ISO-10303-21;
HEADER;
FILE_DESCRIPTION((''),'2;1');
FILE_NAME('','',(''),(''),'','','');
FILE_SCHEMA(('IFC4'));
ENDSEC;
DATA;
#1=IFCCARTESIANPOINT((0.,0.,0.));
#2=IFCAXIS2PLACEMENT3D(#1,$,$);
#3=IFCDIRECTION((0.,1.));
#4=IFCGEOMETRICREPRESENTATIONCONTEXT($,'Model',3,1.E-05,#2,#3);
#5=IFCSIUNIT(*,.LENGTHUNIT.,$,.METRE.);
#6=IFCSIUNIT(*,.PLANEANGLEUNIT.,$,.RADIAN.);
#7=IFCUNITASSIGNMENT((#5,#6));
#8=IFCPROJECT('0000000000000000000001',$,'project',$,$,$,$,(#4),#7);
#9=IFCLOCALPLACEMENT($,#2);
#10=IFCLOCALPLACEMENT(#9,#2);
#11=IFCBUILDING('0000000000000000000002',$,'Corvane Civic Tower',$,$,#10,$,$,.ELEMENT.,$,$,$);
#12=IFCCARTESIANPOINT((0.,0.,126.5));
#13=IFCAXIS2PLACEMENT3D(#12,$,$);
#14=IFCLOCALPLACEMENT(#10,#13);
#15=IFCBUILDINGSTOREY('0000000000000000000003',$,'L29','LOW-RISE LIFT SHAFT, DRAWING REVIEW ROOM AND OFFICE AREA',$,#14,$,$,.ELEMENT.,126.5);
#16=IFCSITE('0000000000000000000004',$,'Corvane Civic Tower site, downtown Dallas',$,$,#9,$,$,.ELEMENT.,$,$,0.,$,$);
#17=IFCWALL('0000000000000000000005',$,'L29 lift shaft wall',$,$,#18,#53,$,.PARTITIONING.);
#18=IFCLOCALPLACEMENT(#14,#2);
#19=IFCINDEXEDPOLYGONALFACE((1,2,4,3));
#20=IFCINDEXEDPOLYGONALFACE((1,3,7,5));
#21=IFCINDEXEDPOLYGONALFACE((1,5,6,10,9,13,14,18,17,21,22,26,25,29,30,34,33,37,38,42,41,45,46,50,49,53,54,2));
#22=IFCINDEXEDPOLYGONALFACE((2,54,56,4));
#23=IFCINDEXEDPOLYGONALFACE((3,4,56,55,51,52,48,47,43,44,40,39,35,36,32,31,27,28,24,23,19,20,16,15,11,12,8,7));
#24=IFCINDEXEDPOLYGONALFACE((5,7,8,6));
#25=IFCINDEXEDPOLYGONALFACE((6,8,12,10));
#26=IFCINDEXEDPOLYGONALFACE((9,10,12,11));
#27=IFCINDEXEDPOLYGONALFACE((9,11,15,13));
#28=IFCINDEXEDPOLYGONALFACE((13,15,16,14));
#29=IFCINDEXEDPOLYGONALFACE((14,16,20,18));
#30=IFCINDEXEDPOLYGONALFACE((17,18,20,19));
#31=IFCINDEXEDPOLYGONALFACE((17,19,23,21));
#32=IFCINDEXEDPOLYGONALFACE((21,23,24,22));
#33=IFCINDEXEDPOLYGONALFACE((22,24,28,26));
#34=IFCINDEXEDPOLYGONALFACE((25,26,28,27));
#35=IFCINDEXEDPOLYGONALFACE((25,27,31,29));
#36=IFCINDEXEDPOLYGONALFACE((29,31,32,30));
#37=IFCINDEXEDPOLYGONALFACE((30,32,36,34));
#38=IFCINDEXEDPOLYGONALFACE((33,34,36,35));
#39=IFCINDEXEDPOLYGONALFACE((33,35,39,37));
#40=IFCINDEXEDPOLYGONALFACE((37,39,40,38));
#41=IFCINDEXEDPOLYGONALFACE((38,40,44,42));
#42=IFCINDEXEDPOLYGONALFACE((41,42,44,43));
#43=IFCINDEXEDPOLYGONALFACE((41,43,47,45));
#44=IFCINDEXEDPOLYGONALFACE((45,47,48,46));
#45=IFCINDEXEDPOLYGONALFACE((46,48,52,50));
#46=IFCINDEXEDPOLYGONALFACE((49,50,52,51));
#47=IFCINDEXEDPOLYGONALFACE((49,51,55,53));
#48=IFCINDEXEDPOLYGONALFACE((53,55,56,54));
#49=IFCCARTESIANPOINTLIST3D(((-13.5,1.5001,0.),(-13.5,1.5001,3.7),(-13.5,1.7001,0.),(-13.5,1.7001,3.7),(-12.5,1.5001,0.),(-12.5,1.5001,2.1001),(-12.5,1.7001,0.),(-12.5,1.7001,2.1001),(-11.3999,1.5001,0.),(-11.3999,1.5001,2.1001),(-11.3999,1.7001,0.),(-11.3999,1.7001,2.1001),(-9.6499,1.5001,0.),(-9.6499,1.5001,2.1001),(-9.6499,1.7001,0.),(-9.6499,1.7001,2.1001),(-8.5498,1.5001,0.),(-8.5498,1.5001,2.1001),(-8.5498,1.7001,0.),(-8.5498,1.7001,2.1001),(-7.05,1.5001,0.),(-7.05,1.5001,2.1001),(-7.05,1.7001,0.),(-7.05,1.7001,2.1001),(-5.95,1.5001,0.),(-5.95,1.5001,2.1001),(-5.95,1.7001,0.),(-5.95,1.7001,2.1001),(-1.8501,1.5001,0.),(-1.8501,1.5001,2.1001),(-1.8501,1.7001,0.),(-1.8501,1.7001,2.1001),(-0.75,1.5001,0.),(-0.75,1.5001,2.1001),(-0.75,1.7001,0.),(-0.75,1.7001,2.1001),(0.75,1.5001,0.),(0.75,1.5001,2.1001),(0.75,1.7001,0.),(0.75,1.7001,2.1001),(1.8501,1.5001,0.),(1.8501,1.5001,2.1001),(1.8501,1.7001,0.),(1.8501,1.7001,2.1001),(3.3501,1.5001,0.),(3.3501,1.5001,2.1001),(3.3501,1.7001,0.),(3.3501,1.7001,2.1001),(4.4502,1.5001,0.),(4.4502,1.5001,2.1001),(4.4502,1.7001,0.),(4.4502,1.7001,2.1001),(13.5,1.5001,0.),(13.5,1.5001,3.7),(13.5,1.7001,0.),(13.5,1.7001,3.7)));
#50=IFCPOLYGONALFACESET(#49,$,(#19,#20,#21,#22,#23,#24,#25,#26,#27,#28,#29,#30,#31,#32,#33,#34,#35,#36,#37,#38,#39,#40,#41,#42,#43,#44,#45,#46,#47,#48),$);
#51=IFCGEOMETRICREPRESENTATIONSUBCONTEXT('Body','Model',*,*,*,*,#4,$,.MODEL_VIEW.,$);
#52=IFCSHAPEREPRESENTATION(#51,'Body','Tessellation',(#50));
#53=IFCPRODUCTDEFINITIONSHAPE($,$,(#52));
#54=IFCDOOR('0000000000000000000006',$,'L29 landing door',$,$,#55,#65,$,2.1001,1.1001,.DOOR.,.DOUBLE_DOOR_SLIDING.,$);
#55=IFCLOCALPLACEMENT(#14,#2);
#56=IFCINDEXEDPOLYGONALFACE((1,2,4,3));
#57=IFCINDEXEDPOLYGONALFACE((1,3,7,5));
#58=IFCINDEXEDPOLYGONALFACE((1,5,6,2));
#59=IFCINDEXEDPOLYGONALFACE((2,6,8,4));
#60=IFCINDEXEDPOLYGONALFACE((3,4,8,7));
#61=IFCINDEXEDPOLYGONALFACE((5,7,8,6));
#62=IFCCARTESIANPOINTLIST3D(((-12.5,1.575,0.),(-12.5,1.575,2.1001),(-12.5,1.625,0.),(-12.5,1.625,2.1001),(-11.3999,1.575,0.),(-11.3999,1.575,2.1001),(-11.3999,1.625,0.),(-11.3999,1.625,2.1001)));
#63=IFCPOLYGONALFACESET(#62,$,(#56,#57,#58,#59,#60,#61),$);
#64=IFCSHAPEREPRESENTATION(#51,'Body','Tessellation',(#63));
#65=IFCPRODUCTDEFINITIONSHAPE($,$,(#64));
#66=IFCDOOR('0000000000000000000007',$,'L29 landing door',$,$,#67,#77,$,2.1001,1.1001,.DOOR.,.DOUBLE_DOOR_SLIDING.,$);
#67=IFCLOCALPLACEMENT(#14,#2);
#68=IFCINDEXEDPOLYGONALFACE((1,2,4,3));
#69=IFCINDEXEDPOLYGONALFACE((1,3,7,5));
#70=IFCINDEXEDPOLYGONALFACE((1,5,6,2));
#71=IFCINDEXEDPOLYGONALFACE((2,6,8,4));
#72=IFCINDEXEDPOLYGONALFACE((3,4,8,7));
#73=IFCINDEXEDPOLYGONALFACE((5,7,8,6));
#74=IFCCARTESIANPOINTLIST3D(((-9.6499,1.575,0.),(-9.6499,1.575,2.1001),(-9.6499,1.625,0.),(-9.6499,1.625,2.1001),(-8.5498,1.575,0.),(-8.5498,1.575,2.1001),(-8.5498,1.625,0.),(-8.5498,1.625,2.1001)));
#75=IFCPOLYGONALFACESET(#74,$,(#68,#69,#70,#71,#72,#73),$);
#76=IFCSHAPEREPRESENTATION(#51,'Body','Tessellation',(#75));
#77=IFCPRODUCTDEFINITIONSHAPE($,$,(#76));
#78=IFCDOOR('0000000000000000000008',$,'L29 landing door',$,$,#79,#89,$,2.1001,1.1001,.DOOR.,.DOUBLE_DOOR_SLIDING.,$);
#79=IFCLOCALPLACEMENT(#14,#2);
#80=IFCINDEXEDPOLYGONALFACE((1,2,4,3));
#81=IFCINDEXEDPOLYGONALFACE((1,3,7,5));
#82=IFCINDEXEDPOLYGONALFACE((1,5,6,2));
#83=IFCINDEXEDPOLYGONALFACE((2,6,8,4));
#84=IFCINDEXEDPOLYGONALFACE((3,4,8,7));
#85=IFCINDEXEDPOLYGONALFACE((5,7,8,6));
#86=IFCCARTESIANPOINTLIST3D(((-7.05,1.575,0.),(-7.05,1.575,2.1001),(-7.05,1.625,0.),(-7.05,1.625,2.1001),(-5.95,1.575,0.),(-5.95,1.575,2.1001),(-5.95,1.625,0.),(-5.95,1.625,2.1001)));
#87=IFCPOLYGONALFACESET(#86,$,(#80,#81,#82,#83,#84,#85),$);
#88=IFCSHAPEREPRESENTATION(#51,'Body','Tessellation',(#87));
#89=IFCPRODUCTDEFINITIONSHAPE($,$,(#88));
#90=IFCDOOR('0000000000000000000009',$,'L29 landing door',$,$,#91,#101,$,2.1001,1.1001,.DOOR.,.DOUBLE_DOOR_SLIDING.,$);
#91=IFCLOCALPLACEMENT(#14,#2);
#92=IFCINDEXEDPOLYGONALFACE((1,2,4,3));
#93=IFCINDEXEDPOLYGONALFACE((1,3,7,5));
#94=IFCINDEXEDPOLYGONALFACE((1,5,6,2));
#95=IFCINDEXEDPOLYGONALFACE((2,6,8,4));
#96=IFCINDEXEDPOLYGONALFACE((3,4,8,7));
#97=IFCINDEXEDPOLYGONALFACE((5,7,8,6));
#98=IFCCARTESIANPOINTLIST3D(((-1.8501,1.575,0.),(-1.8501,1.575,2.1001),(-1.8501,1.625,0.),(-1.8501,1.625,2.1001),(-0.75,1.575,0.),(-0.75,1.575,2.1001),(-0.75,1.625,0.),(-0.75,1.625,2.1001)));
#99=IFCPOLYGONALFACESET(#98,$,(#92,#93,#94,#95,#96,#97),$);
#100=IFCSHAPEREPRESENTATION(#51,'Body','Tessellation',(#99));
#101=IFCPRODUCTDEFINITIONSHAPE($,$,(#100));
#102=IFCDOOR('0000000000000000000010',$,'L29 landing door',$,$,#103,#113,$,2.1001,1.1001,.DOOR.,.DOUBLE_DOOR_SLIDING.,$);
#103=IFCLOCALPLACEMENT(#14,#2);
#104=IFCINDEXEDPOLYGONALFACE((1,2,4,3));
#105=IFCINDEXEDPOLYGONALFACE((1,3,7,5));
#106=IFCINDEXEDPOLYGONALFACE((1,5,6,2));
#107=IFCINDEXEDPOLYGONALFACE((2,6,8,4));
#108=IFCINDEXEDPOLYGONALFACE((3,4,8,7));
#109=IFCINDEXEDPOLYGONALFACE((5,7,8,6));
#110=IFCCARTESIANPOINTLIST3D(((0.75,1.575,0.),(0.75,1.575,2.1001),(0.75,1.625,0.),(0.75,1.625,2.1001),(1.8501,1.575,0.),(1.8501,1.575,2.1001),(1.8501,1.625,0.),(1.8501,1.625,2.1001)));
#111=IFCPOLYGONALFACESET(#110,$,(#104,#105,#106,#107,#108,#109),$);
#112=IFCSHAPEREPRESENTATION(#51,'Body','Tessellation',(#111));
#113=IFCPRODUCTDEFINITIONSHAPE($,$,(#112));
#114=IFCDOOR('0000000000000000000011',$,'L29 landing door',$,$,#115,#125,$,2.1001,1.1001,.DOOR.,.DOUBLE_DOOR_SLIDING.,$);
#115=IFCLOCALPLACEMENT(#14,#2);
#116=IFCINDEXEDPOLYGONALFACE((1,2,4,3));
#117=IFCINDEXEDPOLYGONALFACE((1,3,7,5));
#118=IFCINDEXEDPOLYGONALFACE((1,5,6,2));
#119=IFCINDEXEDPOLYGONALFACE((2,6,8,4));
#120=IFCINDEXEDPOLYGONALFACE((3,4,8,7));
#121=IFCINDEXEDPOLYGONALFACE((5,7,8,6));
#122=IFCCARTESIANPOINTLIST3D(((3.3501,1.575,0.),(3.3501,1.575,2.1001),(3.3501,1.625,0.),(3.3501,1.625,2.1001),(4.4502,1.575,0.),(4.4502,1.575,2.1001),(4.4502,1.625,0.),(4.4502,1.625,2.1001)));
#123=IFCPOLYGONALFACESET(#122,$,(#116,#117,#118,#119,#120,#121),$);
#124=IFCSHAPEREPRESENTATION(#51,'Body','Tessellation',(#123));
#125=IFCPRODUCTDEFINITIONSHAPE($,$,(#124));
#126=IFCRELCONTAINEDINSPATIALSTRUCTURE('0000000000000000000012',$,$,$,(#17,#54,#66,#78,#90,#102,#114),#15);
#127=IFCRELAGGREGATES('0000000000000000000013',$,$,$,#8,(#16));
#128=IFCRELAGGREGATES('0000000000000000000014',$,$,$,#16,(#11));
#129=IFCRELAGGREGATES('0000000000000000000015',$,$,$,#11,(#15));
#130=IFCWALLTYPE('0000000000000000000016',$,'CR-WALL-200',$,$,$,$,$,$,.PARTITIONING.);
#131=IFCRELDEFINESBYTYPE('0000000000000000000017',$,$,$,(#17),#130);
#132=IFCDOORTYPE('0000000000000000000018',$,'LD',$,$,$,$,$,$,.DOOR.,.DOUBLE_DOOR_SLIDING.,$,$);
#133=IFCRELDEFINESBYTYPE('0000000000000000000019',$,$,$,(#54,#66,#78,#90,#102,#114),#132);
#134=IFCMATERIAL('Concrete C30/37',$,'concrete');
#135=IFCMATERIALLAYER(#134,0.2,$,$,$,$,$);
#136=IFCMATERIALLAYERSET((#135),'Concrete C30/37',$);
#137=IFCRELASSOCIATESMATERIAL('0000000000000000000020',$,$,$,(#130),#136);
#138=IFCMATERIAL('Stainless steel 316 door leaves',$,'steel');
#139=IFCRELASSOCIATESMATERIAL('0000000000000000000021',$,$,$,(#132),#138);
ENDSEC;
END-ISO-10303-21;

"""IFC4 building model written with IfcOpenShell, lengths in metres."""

from ifc_helpers import new_model, si_unit, direction, frame, frame_2d, origin, place, context, subcontext, project, spatial, rectangle, extrude, material, layer, layer_set, type_object, element, fill, save


model = new_model("IFC4")

# Units and contexts
model_context = context("Model", 3, precision=1e-05, world=origin(), true_north=direction((0.0, 1.0)))
body_context = subcontext(model_context, "Body", "Model", "MODEL_VIEW")
ifc_project = project(units=[si_unit("LENGTHUNIT", "METRE"), si_unit("PLANEANGLEUNIT", "RADIAN")], contexts=[model_context])

# Site, building, storey
site_placement = place(None, origin())
site = spatial("IfcSite", under=ifc_project, at=site_placement, Name="Corvane Civic Tower site, downtown Dallas", CompositionType="ELEMENT", RefElevation=0.0)
building_placement = place(site_placement, origin())
building = spatial("IfcBuilding", under=site, at=building_placement, Name="Corvane Civic Tower", CompositionType="ELEMENT")
storey_placement = place(building_placement, frame((0.0, 0.0, 126.5)))
storey = spatial("IfcBuildingStorey", under=building, at=storey_placement, Name="L29", Description="LOW-RISE LIFT SHAFT, DRAWING REVIEW ROOM AND OFFICE AREA", CompositionType="ELEMENT", Elevation=126.5)

# Wall, openings, doors
ifc_material_1 = material(Name="Concrete C30/37", Category="concrete")
ifc_layer_1 = layer(ifc_material_1, 0.2)
ifc_layer_set_1 = layer_set([ifc_layer_1], Name="Concrete C30/37")
wall_type_1 = type_object("IfcWallType", Name="CR-WALL-200", PredefinedType="PARTITIONING", material=ifc_layer_set_1)
ifc_material_2 = material(Name="Stainless steel 316 door leaves", Category="steel")
door_type_1 = type_object("IfcDoorType", Name="LD", OperationType="DOUBLE_DOOR_SLIDING", PredefinedType="DOOR", material=ifc_material_2)
wall_1_placement = place(storey_placement, frame((-13.5, 1.6001, 0.0), z_axis=(0.0, 0.0, 1.0), x_axis=(1.0, 0.0, 0.0)))
wall_1 = element("IfcWall", 1, at=wall_1_placement, inside=storey, type_object=wall_type_1, Name="L29 lift shaft wall", PredefinedType="PARTITIONING", context=body_context, shape_type="SweptSolid", body=[
    extrude(rectangle(XDim=27.0, YDim=0.2, at=frame_2d((13.5, 0.0))), origin(), (0.0, 0.0, 1.0), 3.7),
])
opening_1_placement = place(wall_1_placement, frame((1.0, 0.0, 0.0)))
opening_1 = element("IfcOpeningElement", 2, at=opening_1_placement, cuts=wall_1, PredefinedType="OPENING", context=body_context, shape_type="SweptSolid", body=[
    extrude(rectangle(XDim=1.1001, YDim=2.1001, at=frame_2d((0.55, 1.05))), frame((0.0, 0.1099, 0.0), z_axis=(0.0, -1.0, 0.0), x_axis=(1.0, 0.0, 0.0)), (0.0, 0.0, 1.0), 0.22),
])
opening_2_placement = place(wall_1_placement, frame((3.8501, 0.0, 0.0)))
opening_2 = element("IfcOpeningElement", 3, at=opening_2_placement, cuts=wall_1, PredefinedType="OPENING", context=body_context, shape_type="SweptSolid", body=[
    extrude(rectangle(XDim=1.1001, YDim=2.1001, at=frame_2d((0.55, 1.05))), frame((0.0, 0.1099, 0.0), z_axis=(0.0, -1.0, 0.0), x_axis=(1.0, 0.0, 0.0)), (0.0, 0.0, 1.0), 0.22),
])
opening_3_placement = place(wall_1_placement, frame((6.45, 0.0, 0.0)))
opening_3 = element("IfcOpeningElement", 4, at=opening_3_placement, cuts=wall_1, PredefinedType="OPENING", context=body_context, shape_type="SweptSolid", body=[
    extrude(rectangle(XDim=1.1001, YDim=2.1001, at=frame_2d((0.55, 1.05))), frame((0.0, 0.1099, 0.0), z_axis=(0.0, -1.0, 0.0), x_axis=(1.0, 0.0, 0.0)), (0.0, 0.0, 1.0), 0.22),
])
opening_4_placement = place(wall_1_placement, frame((11.6499, 0.0, 0.0)))
opening_4 = element("IfcOpeningElement", 5, at=opening_4_placement, cuts=wall_1, PredefinedType="OPENING", context=body_context, shape_type="SweptSolid", body=[
    extrude(rectangle(XDim=1.1001, YDim=2.1001, at=frame_2d((0.55, 1.05))), frame((0.0, 0.1099, 0.0), z_axis=(0.0, -1.0, 0.0), x_axis=(1.0, 0.0, 0.0)), (0.0, 0.0, 1.0), 0.22),
])
opening_5_placement = place(wall_1_placement, frame((14.25, 0.0, 0.0)))
opening_5 = element("IfcOpeningElement", 6, at=opening_5_placement, cuts=wall_1, PredefinedType="OPENING", context=body_context, shape_type="SweptSolid", body=[
    extrude(rectangle(XDim=1.1001, YDim=2.1001, at=frame_2d((0.55, 1.05))), frame((0.0, 0.1099, 0.0), z_axis=(0.0, -1.0, 0.0), x_axis=(1.0, 0.0, 0.0)), (0.0, 0.0, 1.0), 0.22),
])
opening_6_placement = place(wall_1_placement, frame((16.8501, 0.0, 0.0)))
opening_6 = element("IfcOpeningElement", 7, at=opening_6_placement, cuts=wall_1, PredefinedType="OPENING", context=body_context, shape_type="SweptSolid", body=[
    extrude(rectangle(XDim=1.1001, YDim=2.1001, at=frame_2d((0.55, 1.05))), frame((0.0, 0.1099, 0.0), z_axis=(0.0, -1.0, 0.0), x_axis=(1.0, 0.0, 0.0)), (0.0, 0.0, 1.0), 0.22),
])
door_1_placement = place(opening_1_placement, origin())
door_1 = element("IfcDoor", 8, at=door_1_placement, inside=storey, type_object=door_type_1, Name="L29 landing door", OperationType="DOUBLE_DOOR_SLIDING", OverallHeight=2.1001, OverallWidth=1.1001, PredefinedType="DOOR", context=body_context, shape_type="SweptSolid", body=[
    extrude(rectangle(XDim=1.1001, YDim=2.1001, at=frame_2d((0.55, 1.05))), frame((0.0, 0.0249, 0.0), z_axis=(0.0, -1.0, 0.0), x_axis=(1.0, 0.0, 0.0)), (0.0, 0.0, 1.0), 0.05),
])
fill(opening_1, door_1)
door_2_placement = place(opening_2_placement, origin())
door_2 = element("IfcDoor", 9, at=door_2_placement, inside=storey, type_object=door_type_1, Name="L29 landing door", OperationType="DOUBLE_DOOR_SLIDING", OverallHeight=2.1001, OverallWidth=1.1001, PredefinedType="DOOR", context=body_context, shape_type="SweptSolid", body=[
    extrude(rectangle(XDim=1.1001, YDim=2.1001, at=frame_2d((0.55, 1.05))), frame((0.0, 0.0249, 0.0), z_axis=(0.0, -1.0, 0.0), x_axis=(1.0, 0.0, 0.0)), (0.0, 0.0, 1.0), 0.05),
])
fill(opening_2, door_2)
door_3_placement = place(opening_3_placement, origin())
door_3 = element("IfcDoor", 10, at=door_3_placement, inside=storey, type_object=door_type_1, Name="L29 landing door", OperationType="DOUBLE_DOOR_SLIDING", OverallHeight=2.1001, OverallWidth=1.1001, PredefinedType="DOOR", context=body_context, shape_type="SweptSolid", body=[
    extrude(rectangle(XDim=1.1001, YDim=2.1001, at=frame_2d((0.55, 1.05))), frame((0.0, 0.0249, 0.0), z_axis=(0.0, -1.0, 0.0), x_axis=(1.0, 0.0, 0.0)), (0.0, 0.0, 1.0), 0.05),
])
fill(opening_3, door_3)
door_4_placement = place(opening_4_placement, origin())
door_4 = element("IfcDoor", 11, at=door_4_placement, inside=storey, type_object=door_type_1, Name="L29 landing door", OperationType="DOUBLE_DOOR_SLIDING", OverallHeight=2.1001, OverallWidth=1.1001, PredefinedType="DOOR", context=body_context, shape_type="SweptSolid", body=[
    extrude(rectangle(XDim=1.1001, YDim=2.1001, at=frame_2d((0.55, 1.05))), frame((0.0, 0.0249, 0.0), z_axis=(0.0, -1.0, 0.0), x_axis=(1.0, 0.0, 0.0)), (0.0, 0.0, 1.0), 0.05),
])
fill(opening_4, door_4)
door_5_placement = place(opening_5_placement, origin())
door_5 = element("IfcDoor", 12, at=door_5_placement, inside=storey, type_object=door_type_1, Name="L29 landing door", OperationType="DOUBLE_DOOR_SLIDING", OverallHeight=2.1001, OverallWidth=1.1001, PredefinedType="DOOR", context=body_context, shape_type="SweptSolid", body=[
    extrude(rectangle(XDim=1.1001, YDim=2.1001, at=frame_2d((0.55, 1.05))), frame((0.0, 0.0249, 0.0), z_axis=(0.0, -1.0, 0.0), x_axis=(1.0, 0.0, 0.0)), (0.0, 0.0, 1.0), 0.05),
])
fill(opening_5, door_5)
door_6_placement = place(opening_6_placement, origin())
door_6 = element("IfcDoor", 13, at=door_6_placement, inside=storey, type_object=door_type_1, Name="L29 landing door", OperationType="DOUBLE_DOOR_SLIDING", OverallHeight=2.1001, OverallWidth=1.1001, PredefinedType="DOOR", context=body_context, shape_type="SweptSolid", body=[
    extrude(rectangle(XDim=1.1001, YDim=2.1001, at=frame_2d((0.55, 1.05))), frame((0.0, 0.0249, 0.0), z_axis=(0.0, -1.0, 0.0), x_axis=(1.0, 0.0, 0.0)), (0.0, 0.0, 1.0), 0.05),
])
fill(opening_6, door_6)

save(model, "model.ifc")
